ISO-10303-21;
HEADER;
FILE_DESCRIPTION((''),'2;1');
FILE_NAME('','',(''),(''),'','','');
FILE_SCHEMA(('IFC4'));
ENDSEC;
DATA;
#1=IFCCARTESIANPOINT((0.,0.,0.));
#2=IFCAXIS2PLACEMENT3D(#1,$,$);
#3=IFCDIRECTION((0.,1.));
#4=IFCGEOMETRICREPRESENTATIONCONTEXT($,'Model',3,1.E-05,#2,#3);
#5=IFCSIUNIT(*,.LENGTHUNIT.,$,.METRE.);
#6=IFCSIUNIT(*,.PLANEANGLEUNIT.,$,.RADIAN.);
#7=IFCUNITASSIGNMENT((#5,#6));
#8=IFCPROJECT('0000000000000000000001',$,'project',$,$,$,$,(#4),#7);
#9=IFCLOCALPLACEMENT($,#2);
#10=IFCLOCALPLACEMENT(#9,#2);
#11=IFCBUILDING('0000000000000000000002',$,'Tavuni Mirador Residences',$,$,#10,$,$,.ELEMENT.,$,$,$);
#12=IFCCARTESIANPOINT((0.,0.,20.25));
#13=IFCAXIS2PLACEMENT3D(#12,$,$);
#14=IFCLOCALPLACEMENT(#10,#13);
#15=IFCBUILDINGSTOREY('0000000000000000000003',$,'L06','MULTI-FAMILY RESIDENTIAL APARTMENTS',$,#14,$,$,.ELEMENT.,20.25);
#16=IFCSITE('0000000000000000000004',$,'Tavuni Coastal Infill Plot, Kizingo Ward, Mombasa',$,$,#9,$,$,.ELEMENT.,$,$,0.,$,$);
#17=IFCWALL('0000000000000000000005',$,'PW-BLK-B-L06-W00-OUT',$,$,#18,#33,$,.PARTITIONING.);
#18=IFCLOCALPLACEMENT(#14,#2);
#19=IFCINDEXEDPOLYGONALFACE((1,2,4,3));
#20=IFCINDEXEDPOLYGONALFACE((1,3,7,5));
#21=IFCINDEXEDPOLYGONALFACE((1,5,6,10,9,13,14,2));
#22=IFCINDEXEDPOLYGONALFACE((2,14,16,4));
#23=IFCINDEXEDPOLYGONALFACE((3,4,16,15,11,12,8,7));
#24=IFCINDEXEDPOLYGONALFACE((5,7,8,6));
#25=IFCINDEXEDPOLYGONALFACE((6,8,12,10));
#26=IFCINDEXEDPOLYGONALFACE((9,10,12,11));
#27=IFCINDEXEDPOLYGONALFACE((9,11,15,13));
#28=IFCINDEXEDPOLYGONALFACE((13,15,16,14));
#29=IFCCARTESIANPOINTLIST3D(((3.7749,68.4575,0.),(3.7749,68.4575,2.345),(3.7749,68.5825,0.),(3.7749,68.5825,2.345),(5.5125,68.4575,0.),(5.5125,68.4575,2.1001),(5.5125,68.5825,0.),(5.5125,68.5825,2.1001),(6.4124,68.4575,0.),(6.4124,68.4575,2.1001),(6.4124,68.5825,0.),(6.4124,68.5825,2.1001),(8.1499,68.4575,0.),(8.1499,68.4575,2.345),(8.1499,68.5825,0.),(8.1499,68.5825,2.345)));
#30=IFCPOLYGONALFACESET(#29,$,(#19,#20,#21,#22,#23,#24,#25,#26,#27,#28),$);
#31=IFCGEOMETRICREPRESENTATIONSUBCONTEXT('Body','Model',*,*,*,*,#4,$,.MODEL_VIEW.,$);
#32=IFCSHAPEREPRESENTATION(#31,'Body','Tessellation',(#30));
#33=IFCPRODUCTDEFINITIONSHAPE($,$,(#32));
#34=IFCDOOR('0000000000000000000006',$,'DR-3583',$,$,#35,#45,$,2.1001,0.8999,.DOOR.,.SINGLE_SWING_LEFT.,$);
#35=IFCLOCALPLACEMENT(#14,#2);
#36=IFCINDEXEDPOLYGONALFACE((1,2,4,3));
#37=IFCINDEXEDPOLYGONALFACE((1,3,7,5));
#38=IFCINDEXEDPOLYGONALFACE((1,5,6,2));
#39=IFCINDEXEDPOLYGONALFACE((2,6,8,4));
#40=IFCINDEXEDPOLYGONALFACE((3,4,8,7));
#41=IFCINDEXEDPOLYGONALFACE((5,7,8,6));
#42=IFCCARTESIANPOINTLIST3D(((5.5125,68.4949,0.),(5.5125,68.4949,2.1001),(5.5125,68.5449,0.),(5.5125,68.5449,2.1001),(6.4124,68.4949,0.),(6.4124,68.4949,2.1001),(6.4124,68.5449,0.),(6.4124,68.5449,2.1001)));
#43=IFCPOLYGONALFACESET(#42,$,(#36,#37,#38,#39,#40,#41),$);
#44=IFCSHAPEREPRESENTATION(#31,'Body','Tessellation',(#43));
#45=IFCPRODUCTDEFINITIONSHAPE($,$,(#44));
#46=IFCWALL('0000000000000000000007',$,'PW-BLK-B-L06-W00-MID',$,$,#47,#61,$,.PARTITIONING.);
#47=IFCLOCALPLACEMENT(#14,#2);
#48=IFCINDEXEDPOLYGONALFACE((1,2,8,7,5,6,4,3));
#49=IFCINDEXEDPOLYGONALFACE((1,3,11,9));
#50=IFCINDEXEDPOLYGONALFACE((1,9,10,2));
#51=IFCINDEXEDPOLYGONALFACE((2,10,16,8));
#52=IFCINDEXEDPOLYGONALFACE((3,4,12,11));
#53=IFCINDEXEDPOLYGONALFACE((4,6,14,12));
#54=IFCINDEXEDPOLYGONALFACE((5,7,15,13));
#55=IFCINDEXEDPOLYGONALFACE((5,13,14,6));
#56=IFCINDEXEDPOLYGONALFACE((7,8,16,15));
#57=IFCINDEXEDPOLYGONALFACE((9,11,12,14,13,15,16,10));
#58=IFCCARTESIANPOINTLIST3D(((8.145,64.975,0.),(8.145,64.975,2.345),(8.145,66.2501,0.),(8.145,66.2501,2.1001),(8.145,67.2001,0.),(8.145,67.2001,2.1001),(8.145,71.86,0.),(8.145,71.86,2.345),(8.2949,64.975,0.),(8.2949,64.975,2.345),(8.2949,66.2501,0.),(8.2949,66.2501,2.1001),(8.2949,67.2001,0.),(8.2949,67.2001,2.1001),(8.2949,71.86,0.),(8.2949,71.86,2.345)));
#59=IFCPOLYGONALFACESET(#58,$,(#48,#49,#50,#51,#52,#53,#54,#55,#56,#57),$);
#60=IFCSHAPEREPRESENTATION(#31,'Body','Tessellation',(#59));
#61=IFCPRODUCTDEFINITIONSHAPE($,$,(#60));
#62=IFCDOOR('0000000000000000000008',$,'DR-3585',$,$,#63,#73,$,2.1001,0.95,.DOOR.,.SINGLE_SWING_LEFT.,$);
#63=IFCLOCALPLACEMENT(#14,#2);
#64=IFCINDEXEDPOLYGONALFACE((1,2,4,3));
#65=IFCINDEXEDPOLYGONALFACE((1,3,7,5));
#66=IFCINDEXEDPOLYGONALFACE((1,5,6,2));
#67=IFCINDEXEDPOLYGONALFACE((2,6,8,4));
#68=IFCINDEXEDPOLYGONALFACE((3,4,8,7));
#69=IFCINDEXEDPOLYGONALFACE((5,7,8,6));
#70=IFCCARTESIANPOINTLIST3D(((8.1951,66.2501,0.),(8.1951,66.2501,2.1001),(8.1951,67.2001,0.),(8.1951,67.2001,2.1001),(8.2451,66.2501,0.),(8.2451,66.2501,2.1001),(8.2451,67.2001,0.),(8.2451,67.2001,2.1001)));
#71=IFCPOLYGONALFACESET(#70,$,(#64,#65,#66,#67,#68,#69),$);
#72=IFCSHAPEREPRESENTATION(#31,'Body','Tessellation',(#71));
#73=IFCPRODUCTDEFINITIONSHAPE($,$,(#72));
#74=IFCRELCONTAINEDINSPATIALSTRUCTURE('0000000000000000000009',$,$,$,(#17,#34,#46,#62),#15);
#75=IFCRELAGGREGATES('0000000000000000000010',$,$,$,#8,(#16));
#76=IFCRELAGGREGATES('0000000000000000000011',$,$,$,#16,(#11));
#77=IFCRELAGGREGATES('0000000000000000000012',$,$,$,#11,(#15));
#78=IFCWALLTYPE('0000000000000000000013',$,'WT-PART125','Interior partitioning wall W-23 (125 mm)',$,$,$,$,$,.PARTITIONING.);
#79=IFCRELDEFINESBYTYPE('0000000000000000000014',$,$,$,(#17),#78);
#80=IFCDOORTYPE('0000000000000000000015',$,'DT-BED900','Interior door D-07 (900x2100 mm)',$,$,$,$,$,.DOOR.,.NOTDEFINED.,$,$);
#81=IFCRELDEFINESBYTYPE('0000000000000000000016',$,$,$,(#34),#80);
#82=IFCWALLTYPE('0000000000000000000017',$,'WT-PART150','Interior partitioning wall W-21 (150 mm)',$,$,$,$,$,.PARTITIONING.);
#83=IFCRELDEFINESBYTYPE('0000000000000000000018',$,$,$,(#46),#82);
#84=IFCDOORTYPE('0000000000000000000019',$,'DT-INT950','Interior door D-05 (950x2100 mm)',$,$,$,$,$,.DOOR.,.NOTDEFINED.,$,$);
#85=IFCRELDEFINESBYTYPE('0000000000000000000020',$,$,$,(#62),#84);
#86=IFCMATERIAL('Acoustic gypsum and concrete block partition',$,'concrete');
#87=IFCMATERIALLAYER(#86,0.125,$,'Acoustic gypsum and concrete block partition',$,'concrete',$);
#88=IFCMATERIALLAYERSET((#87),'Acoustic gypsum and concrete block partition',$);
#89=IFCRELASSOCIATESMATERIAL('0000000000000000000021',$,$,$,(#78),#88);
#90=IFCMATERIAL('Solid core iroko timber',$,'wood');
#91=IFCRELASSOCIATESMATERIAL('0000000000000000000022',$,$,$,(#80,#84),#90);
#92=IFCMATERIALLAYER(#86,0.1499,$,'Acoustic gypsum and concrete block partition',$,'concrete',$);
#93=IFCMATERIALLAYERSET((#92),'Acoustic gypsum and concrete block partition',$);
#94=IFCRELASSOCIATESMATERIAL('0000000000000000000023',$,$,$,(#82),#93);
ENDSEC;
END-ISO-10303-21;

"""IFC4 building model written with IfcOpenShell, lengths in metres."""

from ifc_helpers import new_model, si_unit, direction, frame, frame_2d, origin, place, context, subcontext, project, spatial, rectangle, extrude, material, layer, layer_set, type_object, element, fill, save


model = new_model("IFC4")

# Units and contexts
model_context = context("Model", 3, precision=1e-05, world=origin(), true_north=direction((0.0, 1.0)))
body_context = subcontext(model_context, "Body", "Model", "MODEL_VIEW")
ifc_project = project(units=[si_unit("LENGTHUNIT", "METRE"), si_unit("PLANEANGLEUNIT", "RADIAN")], contexts=[model_context])

# Site, building, storey
site_placement = place(None, origin())
site = spatial("IfcSite", under=ifc_project, at=site_placement, Name="Tavuni Coastal Infill Plot, Kizingo Ward, Mombasa", CompositionType="ELEMENT", RefElevation=0.0)
building_placement = place(site_placement, origin())
building = spatial("IfcBuilding", under=site, at=building_placement, Name="Tavuni Mirador Residences", CompositionType="ELEMENT")
storey_placement = place(building_placement, frame((0.0, 0.0, 20.25)))
storey = spatial("IfcBuildingStorey", under=building, at=storey_placement, Name="L06", Description="MULTI-FAMILY RESIDENTIAL APARTMENTS", CompositionType="ELEMENT", Elevation=20.25)

# Shared definitions
ifc_material_1 = material(Name="Solid core iroko timber", Category="wood")

# Walls, openings, doors
ifc_material_2 = material(Name="Acoustic gypsum and concrete block partition", Category="concrete")
ifc_layer_1 = layer(ifc_material_2, 0.125, Name="Acoustic gypsum and concrete block partition", Category="concrete")
ifc_layer_set_1 = layer_set([ifc_layer_1], Name="Acoustic gypsum and concrete block partition")
wall_type_1 = type_object("IfcWallType", Name="WT-PART125", Description="Interior partitioning wall W-23 (125 mm)", PredefinedType="PARTITIONING", material=ifc_layer_set_1)
wall_1_placement = place(storey_placement, frame((3.7749, 68.52, 0.0), z_axis=(0.0, 0.0, 1.0), x_axis=(1.0, 0.0, 0.0)))
wall_1 = element("IfcWall", 1, at=wall_1_placement, inside=storey, type_object=wall_type_1, Name="PW-BLK-B-L06-W00-OUT", PredefinedType="PARTITIONING", context=body_context, shape_type="SweptSolid", body=[
    extrude(rectangle(XDim=4.375, YDim=0.125, at=frame_2d((2.1875, 0.0))), origin(), (0.0, 0.0, 1.0), 2.345),
])
opening_1_placement = place(wall_1_placement, frame((1.7375, 0.0, 0.0)))
opening_1 = element("IfcOpeningElement", 2, at=opening_1_placement, cuts=wall_1, PredefinedType="OPENING", context=body_context, shape_type="SweptSolid", body=[
    extrude(rectangle(XDim=0.8999, YDim=2.1001, at=frame_2d((0.45, 1.05))), frame((0.0, 0.0725, 0.0), z_axis=(0.0, -1.0, 0.0), x_axis=(1.0, 0.0, 0.0)), (0.0, 0.0, 1.0), 0.145),
])
door_type_1 = type_object("IfcDoorType", Name="DT-BED900", Description="Interior door D-07 (900x2100 mm)", OperationType="NOTDEFINED", PredefinedType="DOOR", material=ifc_material_1)
door_1_placement = place(opening_1_placement, origin())
door_1 = element("IfcDoor", 3, at=door_1_placement, inside=storey, type_object=door_type_1, Name="DR-3583", OperationType="SINGLE_SWING_LEFT", OverallHeight=2.1001, OverallWidth=0.8999, PredefinedType="DOOR", context=body_context, shape_type="SweptSolid", body=[
    extrude(rectangle(XDim=0.8999, YDim=2.1001, at=frame_2d((0.45, 1.05))), frame((0.0, 0.0249, 0.0), z_axis=(0.0, -1.0, 0.0), x_axis=(1.0, 0.0, 0.0)), (0.0, 0.0, 1.0), 0.05),
])
fill(opening_1, door_1)
ifc_layer_2 = layer(ifc_material_2, 0.1499, Name="Acoustic gypsum and concrete block partition", Category="concrete")
ifc_layer_set_2 = layer_set([ifc_layer_2], Name="Acoustic gypsum and concrete block partition")
wall_type_2 = type_object("IfcWallType", Name="WT-PART150", Description="Interior partitioning wall W-21 (150 mm)", PredefinedType="PARTITIONING", material=ifc_layer_set_2)
wall_2_placement = place(storey_placement, frame((8.22, 64.9751, 0.0), z_axis=(0.0, 0.0, 1.0), x_axis=(0.0, 1.0, 0.0)))
wall_2 = element("IfcWall", 4, at=wall_2_placement, inside=storey, type_object=wall_type_2, Name="PW-BLK-B-L06-W00-MID", PredefinedType="PARTITIONING", context=body_context, shape_type="SweptSolid", body=[
    extrude(rectangle(XDim=6.885, YDim=0.1499, at=frame_2d((3.4424, 0.0))), origin(), (0.0, 0.0, 1.0), 2.345),
])
opening_2_placement = place(wall_2_placement, frame((1.2749, 0.0, 0.0)))
opening_2 = element("IfcOpeningElement", 5, at=opening_2_placement, cuts=wall_2, PredefinedType="OPENING", context=body_context, shape_type="SweptSolid", body=[
    extrude(rectangle(XDim=0.95, YDim=2.1001, at=frame_2d((0.4751, 1.05))), frame((0.0, 0.085, 0.0), z_axis=(0.0, -1.0, 0.0), x_axis=(1.0, 0.0, 0.0)), (0.0, 0.0, 1.0), 0.1699),
])
door_type_2 = type_object("IfcDoorType", Name="DT-INT950", Description="Interior door D-05 (950x2100 mm)", OperationType="NOTDEFINED", PredefinedType="DOOR", material=ifc_material_1)
door_2_placement = place(opening_2_placement, origin())
door_2 = element("IfcDoor", 6, at=door_2_placement, inside=storey, type_object=door_type_2, Name="DR-3585", OperationType="SINGLE_SWING_LEFT", OverallHeight=2.1001, OverallWidth=0.95, PredefinedType="DOOR", context=body_context, shape_type="SweptSolid", body=[
    extrude(rectangle(XDim=0.95, YDim=2.1001, at=frame_2d((0.4751, 1.05))), frame((0.0, 0.0249, 0.0), z_axis=(0.0, -1.0, 0.0), x_axis=(1.0, 0.0, 0.0)), (0.0, 0.0, 1.0), 0.05),
])
fill(opening_2, door_2)

save(model, "model.ifc")
